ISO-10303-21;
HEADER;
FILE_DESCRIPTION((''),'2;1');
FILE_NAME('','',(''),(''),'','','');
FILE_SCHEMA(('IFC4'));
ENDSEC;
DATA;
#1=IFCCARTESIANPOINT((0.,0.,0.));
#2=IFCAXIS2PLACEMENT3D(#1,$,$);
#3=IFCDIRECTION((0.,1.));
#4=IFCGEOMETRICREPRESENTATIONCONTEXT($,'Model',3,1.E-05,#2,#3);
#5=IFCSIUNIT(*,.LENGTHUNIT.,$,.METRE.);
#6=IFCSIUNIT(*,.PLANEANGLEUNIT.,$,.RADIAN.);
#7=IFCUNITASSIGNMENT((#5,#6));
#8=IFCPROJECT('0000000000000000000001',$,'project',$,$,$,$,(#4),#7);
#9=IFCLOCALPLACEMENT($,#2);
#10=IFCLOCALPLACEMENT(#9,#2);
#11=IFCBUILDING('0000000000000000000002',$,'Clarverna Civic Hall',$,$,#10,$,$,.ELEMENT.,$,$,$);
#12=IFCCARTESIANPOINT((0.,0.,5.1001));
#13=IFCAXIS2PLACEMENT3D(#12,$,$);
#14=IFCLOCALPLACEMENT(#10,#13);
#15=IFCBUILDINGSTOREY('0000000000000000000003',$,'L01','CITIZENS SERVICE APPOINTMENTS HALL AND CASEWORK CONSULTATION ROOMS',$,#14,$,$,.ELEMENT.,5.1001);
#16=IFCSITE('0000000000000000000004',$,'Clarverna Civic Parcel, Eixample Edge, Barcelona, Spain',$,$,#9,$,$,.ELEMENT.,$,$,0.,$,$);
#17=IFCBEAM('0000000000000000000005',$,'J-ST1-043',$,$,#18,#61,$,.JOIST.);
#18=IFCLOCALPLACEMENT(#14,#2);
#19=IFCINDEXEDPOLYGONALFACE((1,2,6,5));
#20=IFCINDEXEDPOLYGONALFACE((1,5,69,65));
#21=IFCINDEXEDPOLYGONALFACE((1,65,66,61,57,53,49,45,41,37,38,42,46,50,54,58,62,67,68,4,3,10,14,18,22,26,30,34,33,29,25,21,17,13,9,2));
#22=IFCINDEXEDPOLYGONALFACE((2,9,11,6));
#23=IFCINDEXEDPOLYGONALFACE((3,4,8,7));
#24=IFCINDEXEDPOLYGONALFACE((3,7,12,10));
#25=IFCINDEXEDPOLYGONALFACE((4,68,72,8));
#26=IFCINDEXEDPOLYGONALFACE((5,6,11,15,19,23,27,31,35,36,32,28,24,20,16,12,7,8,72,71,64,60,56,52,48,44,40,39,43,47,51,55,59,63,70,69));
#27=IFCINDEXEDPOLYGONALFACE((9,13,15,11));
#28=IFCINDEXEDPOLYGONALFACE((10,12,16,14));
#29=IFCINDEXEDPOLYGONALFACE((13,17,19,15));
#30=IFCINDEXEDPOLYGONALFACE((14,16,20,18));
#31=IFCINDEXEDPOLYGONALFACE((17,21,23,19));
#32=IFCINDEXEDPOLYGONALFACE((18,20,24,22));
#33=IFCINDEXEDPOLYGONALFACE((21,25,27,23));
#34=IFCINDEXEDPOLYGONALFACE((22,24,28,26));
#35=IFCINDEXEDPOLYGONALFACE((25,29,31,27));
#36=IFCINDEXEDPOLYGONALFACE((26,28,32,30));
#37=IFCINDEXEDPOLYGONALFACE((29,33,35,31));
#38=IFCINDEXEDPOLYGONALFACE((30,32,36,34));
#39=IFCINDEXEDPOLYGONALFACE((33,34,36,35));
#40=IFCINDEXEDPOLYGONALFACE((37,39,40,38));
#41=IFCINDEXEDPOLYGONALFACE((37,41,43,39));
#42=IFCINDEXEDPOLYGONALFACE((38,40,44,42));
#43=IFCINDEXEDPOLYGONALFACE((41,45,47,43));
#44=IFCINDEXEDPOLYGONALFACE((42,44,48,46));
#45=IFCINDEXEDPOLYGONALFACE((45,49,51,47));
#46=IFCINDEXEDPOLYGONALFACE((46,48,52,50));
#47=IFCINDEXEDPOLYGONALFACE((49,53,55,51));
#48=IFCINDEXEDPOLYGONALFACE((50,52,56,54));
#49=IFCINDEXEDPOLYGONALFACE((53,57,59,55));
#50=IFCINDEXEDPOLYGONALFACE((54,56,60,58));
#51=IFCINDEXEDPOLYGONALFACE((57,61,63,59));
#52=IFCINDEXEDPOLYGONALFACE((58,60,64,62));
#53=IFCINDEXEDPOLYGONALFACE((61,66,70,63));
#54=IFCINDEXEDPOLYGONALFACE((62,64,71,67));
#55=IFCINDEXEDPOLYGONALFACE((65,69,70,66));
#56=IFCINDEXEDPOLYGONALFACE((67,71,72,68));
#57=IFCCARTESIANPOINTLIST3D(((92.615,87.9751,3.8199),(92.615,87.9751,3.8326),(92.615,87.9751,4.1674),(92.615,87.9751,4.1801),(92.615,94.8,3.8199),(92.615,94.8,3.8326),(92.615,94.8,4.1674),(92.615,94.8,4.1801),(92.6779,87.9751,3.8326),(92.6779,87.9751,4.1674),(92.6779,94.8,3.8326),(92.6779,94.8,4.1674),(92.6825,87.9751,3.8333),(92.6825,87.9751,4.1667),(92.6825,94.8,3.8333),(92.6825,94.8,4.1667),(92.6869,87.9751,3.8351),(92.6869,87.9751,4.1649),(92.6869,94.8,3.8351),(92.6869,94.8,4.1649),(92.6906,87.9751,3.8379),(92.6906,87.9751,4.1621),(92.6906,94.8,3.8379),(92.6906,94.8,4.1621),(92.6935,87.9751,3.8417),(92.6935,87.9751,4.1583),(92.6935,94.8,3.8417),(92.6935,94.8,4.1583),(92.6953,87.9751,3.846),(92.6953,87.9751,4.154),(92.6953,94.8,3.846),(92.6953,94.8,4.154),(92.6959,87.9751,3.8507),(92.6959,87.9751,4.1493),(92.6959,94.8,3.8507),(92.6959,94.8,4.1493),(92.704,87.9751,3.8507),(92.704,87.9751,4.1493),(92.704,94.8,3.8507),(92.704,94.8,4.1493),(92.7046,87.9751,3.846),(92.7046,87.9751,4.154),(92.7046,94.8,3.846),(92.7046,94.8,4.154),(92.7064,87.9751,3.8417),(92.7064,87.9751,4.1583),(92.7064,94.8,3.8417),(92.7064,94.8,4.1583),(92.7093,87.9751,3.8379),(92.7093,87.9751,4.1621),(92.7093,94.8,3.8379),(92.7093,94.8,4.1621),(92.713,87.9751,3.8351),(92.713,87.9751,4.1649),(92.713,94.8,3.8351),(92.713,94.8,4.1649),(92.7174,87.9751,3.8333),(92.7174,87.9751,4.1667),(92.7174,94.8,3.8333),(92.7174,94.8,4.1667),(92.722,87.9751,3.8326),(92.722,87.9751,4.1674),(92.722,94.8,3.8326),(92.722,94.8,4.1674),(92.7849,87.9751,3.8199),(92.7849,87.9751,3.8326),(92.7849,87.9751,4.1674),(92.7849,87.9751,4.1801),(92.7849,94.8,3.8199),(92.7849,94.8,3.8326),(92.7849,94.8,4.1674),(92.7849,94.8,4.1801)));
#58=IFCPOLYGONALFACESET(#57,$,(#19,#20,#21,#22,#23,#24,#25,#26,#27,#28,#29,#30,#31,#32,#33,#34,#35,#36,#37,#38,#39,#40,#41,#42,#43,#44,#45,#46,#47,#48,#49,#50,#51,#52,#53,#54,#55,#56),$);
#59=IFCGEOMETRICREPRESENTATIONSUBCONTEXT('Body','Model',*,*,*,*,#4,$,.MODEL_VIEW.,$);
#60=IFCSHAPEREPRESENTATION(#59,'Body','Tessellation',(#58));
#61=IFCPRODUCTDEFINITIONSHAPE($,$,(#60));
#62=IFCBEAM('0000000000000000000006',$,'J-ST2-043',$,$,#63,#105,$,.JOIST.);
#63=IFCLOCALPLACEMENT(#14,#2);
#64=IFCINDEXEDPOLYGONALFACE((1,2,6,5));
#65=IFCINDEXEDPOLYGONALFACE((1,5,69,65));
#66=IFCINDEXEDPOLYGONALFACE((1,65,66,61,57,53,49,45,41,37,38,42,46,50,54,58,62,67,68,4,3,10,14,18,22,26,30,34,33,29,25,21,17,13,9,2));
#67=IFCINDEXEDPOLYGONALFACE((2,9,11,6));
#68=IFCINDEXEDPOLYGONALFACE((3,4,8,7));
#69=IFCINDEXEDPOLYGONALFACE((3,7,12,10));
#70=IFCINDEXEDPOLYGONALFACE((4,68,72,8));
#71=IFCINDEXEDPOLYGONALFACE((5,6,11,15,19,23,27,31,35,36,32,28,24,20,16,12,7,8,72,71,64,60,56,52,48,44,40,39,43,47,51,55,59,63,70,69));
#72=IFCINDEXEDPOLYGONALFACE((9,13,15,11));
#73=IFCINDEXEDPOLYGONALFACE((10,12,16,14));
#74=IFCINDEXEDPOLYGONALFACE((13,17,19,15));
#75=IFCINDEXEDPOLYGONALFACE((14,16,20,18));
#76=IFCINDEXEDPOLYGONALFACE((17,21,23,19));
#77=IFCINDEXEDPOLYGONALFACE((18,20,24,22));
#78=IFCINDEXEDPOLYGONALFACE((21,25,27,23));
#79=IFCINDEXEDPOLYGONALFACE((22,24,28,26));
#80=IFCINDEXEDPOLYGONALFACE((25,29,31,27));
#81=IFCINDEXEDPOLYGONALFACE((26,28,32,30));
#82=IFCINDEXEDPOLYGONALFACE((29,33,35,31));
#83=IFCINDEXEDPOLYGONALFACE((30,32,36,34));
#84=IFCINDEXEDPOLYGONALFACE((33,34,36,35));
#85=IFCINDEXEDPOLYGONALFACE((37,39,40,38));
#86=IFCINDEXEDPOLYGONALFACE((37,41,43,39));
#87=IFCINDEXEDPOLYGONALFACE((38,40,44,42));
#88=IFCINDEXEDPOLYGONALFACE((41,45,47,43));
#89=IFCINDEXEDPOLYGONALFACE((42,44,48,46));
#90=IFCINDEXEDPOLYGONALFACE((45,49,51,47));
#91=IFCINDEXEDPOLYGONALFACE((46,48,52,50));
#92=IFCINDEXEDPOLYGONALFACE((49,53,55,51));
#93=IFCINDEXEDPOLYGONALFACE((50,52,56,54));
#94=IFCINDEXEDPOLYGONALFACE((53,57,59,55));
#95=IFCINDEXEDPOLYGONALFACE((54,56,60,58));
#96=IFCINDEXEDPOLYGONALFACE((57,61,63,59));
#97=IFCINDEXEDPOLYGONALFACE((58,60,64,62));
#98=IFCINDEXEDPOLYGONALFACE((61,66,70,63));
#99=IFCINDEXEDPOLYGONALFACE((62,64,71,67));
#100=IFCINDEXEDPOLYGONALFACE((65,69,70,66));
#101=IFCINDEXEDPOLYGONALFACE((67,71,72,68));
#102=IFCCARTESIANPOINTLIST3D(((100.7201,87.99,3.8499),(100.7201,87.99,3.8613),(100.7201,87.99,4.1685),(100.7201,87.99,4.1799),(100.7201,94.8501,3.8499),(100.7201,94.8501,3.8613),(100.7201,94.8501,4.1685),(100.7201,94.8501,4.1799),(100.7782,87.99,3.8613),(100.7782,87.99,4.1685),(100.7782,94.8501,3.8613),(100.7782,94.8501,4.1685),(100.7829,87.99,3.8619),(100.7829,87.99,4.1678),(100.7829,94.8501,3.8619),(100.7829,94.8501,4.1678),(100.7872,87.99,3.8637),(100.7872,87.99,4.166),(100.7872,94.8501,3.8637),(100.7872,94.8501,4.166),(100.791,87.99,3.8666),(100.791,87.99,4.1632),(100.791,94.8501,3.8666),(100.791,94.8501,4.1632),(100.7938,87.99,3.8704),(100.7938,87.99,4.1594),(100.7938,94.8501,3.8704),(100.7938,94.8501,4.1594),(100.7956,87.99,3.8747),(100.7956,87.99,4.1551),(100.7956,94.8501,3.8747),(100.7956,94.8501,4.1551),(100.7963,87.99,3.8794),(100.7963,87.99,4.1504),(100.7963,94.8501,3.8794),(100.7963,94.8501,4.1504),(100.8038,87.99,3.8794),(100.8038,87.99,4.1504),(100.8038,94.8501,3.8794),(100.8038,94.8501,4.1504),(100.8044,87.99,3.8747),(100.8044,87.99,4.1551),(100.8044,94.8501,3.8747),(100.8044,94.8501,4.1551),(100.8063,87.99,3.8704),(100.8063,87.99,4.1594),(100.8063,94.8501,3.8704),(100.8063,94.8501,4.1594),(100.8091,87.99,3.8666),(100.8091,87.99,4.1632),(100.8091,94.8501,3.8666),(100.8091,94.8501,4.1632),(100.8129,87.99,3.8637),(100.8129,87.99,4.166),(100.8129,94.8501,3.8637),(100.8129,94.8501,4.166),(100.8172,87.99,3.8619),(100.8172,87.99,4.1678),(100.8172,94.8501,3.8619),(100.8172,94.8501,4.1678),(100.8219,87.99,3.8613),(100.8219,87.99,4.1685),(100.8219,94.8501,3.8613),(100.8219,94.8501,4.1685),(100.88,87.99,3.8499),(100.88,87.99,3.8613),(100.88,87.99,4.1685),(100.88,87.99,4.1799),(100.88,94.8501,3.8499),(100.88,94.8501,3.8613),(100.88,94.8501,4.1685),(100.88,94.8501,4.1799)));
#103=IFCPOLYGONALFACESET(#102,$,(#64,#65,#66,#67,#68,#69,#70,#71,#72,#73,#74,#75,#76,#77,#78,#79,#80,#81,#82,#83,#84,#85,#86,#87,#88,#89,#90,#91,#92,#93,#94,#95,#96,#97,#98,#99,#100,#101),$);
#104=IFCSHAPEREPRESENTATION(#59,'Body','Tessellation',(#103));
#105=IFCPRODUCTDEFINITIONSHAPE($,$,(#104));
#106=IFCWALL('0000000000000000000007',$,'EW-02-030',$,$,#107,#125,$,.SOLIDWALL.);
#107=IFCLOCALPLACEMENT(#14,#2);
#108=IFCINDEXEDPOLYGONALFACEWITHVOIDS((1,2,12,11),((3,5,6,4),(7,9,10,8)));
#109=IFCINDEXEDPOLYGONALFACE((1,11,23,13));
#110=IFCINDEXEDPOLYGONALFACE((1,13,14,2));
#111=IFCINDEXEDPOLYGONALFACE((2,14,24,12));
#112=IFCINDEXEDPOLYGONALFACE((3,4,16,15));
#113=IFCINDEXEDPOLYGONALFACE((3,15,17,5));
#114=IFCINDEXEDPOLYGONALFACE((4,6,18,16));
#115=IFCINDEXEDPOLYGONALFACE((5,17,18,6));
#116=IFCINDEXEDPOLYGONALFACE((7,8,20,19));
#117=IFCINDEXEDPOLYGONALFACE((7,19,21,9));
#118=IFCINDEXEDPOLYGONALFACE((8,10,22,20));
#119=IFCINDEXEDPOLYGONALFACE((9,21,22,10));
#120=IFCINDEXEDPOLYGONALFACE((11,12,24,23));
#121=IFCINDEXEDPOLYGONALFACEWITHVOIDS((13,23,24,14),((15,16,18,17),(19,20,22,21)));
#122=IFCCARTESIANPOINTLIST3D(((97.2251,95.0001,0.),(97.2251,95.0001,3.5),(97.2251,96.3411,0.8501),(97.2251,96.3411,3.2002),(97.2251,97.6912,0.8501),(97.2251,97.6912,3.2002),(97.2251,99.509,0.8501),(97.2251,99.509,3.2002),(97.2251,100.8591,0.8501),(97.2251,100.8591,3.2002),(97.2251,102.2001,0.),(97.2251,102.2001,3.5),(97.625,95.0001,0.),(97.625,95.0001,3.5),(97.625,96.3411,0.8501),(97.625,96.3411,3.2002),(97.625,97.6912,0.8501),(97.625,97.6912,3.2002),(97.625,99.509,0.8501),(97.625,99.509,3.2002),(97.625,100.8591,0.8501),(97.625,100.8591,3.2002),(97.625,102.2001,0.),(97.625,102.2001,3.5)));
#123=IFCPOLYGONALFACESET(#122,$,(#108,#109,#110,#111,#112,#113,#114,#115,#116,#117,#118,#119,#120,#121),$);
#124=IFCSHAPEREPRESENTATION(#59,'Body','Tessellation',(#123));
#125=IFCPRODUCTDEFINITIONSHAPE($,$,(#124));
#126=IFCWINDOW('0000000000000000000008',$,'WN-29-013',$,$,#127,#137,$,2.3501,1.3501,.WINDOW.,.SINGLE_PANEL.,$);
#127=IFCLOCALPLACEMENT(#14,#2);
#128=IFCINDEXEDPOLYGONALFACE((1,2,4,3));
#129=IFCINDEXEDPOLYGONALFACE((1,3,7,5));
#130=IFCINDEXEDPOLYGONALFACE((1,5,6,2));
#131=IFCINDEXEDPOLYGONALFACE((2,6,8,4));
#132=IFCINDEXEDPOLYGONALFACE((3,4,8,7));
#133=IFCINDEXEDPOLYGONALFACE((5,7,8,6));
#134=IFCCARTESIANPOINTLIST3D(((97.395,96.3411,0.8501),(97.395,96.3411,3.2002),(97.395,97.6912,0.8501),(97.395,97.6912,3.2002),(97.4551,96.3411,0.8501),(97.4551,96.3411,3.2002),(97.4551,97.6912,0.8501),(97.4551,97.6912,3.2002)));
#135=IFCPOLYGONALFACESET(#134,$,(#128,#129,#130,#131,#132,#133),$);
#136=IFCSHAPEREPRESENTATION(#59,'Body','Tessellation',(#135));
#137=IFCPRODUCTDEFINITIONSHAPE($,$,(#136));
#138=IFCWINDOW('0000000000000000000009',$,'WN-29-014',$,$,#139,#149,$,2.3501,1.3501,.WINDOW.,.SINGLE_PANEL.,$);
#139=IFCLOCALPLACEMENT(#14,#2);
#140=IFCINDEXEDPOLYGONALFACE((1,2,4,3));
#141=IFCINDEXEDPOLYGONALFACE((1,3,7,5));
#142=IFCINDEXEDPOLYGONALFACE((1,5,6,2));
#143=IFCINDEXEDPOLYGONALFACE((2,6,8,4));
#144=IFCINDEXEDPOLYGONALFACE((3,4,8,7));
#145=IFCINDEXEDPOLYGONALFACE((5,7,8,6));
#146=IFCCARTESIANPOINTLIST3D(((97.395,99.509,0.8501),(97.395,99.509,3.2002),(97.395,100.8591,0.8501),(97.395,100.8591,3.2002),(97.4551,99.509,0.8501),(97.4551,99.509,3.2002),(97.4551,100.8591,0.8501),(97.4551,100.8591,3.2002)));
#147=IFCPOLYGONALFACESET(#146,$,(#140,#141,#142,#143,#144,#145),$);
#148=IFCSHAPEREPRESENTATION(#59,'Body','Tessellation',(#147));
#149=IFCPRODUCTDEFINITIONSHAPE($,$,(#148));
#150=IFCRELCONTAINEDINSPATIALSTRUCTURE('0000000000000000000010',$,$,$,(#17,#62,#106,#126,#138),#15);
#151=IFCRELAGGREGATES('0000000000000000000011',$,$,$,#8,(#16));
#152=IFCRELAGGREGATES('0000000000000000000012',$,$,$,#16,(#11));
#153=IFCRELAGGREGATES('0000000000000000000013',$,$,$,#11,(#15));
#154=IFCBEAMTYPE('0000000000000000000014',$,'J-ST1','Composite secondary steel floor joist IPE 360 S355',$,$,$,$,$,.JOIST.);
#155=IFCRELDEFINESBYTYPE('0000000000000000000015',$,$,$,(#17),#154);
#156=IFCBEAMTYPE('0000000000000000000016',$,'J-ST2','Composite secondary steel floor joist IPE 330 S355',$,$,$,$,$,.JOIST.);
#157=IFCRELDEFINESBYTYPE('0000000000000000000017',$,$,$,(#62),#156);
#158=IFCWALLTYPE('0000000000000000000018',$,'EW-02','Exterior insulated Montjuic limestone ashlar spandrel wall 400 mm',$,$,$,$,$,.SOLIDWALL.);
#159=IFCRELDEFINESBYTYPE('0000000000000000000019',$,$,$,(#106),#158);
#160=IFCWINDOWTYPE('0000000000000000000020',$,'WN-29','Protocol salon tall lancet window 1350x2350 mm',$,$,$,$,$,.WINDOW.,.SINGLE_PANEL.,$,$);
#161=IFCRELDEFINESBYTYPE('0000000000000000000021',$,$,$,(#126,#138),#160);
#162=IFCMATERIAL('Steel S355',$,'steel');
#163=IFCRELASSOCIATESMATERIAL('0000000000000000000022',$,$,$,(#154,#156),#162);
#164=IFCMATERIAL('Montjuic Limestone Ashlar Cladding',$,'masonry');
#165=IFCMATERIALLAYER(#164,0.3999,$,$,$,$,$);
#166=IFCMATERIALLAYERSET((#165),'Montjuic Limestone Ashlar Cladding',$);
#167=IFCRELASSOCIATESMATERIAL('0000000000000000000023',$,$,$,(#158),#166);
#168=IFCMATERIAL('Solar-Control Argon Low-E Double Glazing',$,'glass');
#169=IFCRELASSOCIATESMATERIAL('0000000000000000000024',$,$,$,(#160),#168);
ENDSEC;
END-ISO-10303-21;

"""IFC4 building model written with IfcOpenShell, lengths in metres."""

from ifc_helpers import new_model, si_unit, direction, frame, frame_2d, origin, origin_2d, place, context, subcontext, project, spatial, rectangle, i_section, extrude, material, layer, layer_set, material_profile, profile_set, type_object, element, fill, save


model = new_model("IFC4")

# Units and contexts
model_context = context("Model", 3, precision=1e-05, world=origin(), true_north=direction((0.0, 1.0)))
body_context = subcontext(model_context, "Body", "Model", "MODEL_VIEW")
ifc_project = project(units=[si_unit("LENGTHUNIT", "METRE"), si_unit("PLANEANGLEUNIT", "RADIAN")], contexts=[model_context])

# Site, building, storey
site_placement = place(None, origin())
site = spatial("IfcSite", under=ifc_project, at=site_placement, Name="Clarverna Civic Parcel, Eixample Edge, Barcelona, Spain", CompositionType="ELEMENT", RefElevation=0.0)
building_placement = place(site_placement, origin())
building = spatial("IfcBuilding", under=site, at=building_placement, Name="Clarverna Civic Hall", CompositionType="ELEMENT")
storey_placement = place(building_placement, frame((0.0, 0.0, 5.1001)))
storey = spatial("IfcBuildingStorey", under=building, at=storey_placement, Name="L01", Description="CITIZENS SERVICE APPOINTMENTS HALL AND CASEWORK CONSULTATION ROOMS", CompositionType="ELEMENT", Elevation=5.1001)

# Beams
ifc_material_1 = material(Name="Steel S355", Category="steel")
ifc_material_profile_1 = material_profile(ifc_material_1, i_section(OverallWidth=0.1699, OverallDepth=0.3601, WebThickness=0.0081, FlangeThickness=0.0127, FilletRadius=0.0181, at=origin_2d()), Name="IPE 360")
ifc_profile_set_1 = profile_set([ifc_material_profile_1], Name="Steel S355")
beam_type_1 = type_object("IfcBeamType", Name="J-ST1", Description="Composite secondary steel floor joist IPE 360 S355", PredefinedType="JOIST", material=ifc_profile_set_1)
beam_1_placement = place(storey_placement, frame((92.7, 87.9751, 4.0), z_axis=(0.0, 1.0, 0.0), x_axis=(-1.0, 0.0, 0.0)))
element("IfcBeam", 1, at=beam_1_placement, inside=storey, type_object=beam_type_1, Name="J-ST1-043", PredefinedType="JOIST", context=body_context, shape_type="SweptSolid", body=[
    extrude(i_section(OverallWidth=0.1699, OverallDepth=0.3601, WebThickness=0.0081, FlangeThickness=0.0127, FilletRadius=0.0181, at=origin_2d()), origin(), (0.0, 0.0, 1.0), 6.825),
])
ifc_material_profile_2 = material_profile(ifc_material_1, i_section(OverallWidth=0.1599, OverallDepth=0.3301, WebThickness=0.0076, FlangeThickness=0.0115, FilletRadius=0.0181, at=origin_2d()), Name="IPE 330")
ifc_profile_set_2 = profile_set([ifc_material_profile_2], Name="Steel S355")
beam_type_2 = type_object("IfcBeamType", Name="J-ST2", Description="Composite secondary steel floor joist IPE 330 S355", PredefinedType="JOIST", material=ifc_profile_set_2)
beam_2_placement = place(storey_placement, frame((100.8, 87.99, 4.0149), z_axis=(0.0, 1.0, 0.0), x_axis=(-1.0, 0.0, 0.0)))
element("IfcBeam", 2, at=beam_2_placement, inside=storey, type_object=beam_type_2, Name="J-ST2-043", PredefinedType="JOIST", context=body_context, shape_type="SweptSolid", body=[
    extrude(i_section(OverallWidth=0.1599, OverallDepth=0.3301, WebThickness=0.0076, FlangeThickness=0.0115, FilletRadius=0.0181, at=origin_2d()), origin(), (0.0, 0.0, 1.0), 6.8601),
])

# Wall, openings, windows
ifc_material_2 = material(Name="Montjuic Limestone Ashlar Cladding", Category="masonry")
ifc_layer_1 = layer(ifc_material_2, 0.3999)
ifc_layer_set_1 = layer_set([ifc_layer_1], Name="Montjuic Limestone Ashlar Cladding")
wall_type = type_object("IfcWallType", Name="EW-02", Description="Exterior insulated Montjuic limestone ashlar spandrel wall 400 mm", PredefinedType="SOLIDWALL", material=ifc_layer_set_1)
wall_1_placement = place(storey_placement, frame((97.425, 95.0, 0.0), z_axis=(0.0, 0.0, 1.0), x_axis=(0.0, 1.0, 0.0)))
wall_1 = element("IfcWall", 3, at=wall_1_placement, inside=storey, type_object=wall_type, Name="EW-02-030", PredefinedType="SOLIDWALL", context=body_context, shape_type="SweptSolid", body=[
    extrude(rectangle(XDim=7.2, YDim=0.3999, at=frame_2d((3.6001, 0.0))), origin(), (0.0, 0.0, 1.0), 3.5),
])
opening_1_placement = place(wall_1_placement, frame((1.3411, 0.0, 0.8501)))
opening_1 = element("IfcOpeningElement", 4, at=opening_1_placement, cuts=wall_1, PredefinedType="OPENING", context=body_context, shape_type="SweptSolid", body=[
    extrude(rectangle(XDim=1.3501, YDim=2.3501, at=frame_2d((0.675, 1.175))), frame((0.0, 0.21, 0.0), z_axis=(0.0, -1.0, 0.0), x_axis=(1.0, 0.0, 0.0)), (0.0, 0.0, 1.0), 0.4199),
])
opening_2_placement = place(wall_1_placement, frame((4.509, 0.0, 0.8501)))
opening_2 = element("IfcOpeningElement", 5, at=opening_2_placement, cuts=wall_1, PredefinedType="OPENING", context=body_context, shape_type="SweptSolid", body=[
    extrude(rectangle(XDim=1.3501, YDim=2.3501, at=frame_2d((0.675, 1.175))), frame((0.0, 0.21, 0.0), z_axis=(0.0, -1.0, 0.0), x_axis=(1.0, 0.0, 0.0)), (0.0, 0.0, 1.0), 0.4199),
])
ifc_material_3 = material(Name="Solar-Control Argon Low-E Double Glazing", Category="glass")
window_type = type_object("IfcWindowType", Name="WN-29", Description="Protocol salon tall lancet window 1350x2350 mm", PartitioningType="SINGLE_PANEL", PredefinedType="WINDOW", material=ifc_material_3)
window_1_placement = place(opening_1_placement, origin())
window_1 = element("IfcWindow", 6, at=window_1_placement, inside=storey, type_object=window_type, Name="WN-29-013", OverallHeight=2.3501, OverallWidth=1.3501, PartitioningType="SINGLE_PANEL", PredefinedType="WINDOW", context=body_context, shape_type="SweptSolid", body=[
    extrude(rectangle(XDim=1.3501, YDim=2.3501, at=frame_2d((0.675, 1.175))), frame((0.0, 0.03, 0.0), z_axis=(0.0, -1.0, 0.0), x_axis=(1.0, 0.0, 0.0)), (0.0, 0.0, 1.0), 0.0601),
])
fill(opening_1, window_1)
window_2_placement = place(opening_2_placement, origin())
window_2 = element("IfcWindow", 7, at=window_2_placement, inside=storey, type_object=window_type, Name="WN-29-014", OverallHeight=2.3501, OverallWidth=1.3501, PartitioningType="SINGLE_PANEL", PredefinedType="WINDOW", context=body_context, shape_type="SweptSolid", body=[
    extrude(rectangle(XDim=1.3501, YDim=2.3501, at=frame_2d((0.675, 1.175))), frame((0.0, 0.03, 0.0), z_axis=(0.0, -1.0, 0.0), x_axis=(1.0, 0.0, 0.0)), (0.0, 0.0, 1.0), 0.0601),
])
fill(opening_2, window_2)

save(model, "model.ifc")
